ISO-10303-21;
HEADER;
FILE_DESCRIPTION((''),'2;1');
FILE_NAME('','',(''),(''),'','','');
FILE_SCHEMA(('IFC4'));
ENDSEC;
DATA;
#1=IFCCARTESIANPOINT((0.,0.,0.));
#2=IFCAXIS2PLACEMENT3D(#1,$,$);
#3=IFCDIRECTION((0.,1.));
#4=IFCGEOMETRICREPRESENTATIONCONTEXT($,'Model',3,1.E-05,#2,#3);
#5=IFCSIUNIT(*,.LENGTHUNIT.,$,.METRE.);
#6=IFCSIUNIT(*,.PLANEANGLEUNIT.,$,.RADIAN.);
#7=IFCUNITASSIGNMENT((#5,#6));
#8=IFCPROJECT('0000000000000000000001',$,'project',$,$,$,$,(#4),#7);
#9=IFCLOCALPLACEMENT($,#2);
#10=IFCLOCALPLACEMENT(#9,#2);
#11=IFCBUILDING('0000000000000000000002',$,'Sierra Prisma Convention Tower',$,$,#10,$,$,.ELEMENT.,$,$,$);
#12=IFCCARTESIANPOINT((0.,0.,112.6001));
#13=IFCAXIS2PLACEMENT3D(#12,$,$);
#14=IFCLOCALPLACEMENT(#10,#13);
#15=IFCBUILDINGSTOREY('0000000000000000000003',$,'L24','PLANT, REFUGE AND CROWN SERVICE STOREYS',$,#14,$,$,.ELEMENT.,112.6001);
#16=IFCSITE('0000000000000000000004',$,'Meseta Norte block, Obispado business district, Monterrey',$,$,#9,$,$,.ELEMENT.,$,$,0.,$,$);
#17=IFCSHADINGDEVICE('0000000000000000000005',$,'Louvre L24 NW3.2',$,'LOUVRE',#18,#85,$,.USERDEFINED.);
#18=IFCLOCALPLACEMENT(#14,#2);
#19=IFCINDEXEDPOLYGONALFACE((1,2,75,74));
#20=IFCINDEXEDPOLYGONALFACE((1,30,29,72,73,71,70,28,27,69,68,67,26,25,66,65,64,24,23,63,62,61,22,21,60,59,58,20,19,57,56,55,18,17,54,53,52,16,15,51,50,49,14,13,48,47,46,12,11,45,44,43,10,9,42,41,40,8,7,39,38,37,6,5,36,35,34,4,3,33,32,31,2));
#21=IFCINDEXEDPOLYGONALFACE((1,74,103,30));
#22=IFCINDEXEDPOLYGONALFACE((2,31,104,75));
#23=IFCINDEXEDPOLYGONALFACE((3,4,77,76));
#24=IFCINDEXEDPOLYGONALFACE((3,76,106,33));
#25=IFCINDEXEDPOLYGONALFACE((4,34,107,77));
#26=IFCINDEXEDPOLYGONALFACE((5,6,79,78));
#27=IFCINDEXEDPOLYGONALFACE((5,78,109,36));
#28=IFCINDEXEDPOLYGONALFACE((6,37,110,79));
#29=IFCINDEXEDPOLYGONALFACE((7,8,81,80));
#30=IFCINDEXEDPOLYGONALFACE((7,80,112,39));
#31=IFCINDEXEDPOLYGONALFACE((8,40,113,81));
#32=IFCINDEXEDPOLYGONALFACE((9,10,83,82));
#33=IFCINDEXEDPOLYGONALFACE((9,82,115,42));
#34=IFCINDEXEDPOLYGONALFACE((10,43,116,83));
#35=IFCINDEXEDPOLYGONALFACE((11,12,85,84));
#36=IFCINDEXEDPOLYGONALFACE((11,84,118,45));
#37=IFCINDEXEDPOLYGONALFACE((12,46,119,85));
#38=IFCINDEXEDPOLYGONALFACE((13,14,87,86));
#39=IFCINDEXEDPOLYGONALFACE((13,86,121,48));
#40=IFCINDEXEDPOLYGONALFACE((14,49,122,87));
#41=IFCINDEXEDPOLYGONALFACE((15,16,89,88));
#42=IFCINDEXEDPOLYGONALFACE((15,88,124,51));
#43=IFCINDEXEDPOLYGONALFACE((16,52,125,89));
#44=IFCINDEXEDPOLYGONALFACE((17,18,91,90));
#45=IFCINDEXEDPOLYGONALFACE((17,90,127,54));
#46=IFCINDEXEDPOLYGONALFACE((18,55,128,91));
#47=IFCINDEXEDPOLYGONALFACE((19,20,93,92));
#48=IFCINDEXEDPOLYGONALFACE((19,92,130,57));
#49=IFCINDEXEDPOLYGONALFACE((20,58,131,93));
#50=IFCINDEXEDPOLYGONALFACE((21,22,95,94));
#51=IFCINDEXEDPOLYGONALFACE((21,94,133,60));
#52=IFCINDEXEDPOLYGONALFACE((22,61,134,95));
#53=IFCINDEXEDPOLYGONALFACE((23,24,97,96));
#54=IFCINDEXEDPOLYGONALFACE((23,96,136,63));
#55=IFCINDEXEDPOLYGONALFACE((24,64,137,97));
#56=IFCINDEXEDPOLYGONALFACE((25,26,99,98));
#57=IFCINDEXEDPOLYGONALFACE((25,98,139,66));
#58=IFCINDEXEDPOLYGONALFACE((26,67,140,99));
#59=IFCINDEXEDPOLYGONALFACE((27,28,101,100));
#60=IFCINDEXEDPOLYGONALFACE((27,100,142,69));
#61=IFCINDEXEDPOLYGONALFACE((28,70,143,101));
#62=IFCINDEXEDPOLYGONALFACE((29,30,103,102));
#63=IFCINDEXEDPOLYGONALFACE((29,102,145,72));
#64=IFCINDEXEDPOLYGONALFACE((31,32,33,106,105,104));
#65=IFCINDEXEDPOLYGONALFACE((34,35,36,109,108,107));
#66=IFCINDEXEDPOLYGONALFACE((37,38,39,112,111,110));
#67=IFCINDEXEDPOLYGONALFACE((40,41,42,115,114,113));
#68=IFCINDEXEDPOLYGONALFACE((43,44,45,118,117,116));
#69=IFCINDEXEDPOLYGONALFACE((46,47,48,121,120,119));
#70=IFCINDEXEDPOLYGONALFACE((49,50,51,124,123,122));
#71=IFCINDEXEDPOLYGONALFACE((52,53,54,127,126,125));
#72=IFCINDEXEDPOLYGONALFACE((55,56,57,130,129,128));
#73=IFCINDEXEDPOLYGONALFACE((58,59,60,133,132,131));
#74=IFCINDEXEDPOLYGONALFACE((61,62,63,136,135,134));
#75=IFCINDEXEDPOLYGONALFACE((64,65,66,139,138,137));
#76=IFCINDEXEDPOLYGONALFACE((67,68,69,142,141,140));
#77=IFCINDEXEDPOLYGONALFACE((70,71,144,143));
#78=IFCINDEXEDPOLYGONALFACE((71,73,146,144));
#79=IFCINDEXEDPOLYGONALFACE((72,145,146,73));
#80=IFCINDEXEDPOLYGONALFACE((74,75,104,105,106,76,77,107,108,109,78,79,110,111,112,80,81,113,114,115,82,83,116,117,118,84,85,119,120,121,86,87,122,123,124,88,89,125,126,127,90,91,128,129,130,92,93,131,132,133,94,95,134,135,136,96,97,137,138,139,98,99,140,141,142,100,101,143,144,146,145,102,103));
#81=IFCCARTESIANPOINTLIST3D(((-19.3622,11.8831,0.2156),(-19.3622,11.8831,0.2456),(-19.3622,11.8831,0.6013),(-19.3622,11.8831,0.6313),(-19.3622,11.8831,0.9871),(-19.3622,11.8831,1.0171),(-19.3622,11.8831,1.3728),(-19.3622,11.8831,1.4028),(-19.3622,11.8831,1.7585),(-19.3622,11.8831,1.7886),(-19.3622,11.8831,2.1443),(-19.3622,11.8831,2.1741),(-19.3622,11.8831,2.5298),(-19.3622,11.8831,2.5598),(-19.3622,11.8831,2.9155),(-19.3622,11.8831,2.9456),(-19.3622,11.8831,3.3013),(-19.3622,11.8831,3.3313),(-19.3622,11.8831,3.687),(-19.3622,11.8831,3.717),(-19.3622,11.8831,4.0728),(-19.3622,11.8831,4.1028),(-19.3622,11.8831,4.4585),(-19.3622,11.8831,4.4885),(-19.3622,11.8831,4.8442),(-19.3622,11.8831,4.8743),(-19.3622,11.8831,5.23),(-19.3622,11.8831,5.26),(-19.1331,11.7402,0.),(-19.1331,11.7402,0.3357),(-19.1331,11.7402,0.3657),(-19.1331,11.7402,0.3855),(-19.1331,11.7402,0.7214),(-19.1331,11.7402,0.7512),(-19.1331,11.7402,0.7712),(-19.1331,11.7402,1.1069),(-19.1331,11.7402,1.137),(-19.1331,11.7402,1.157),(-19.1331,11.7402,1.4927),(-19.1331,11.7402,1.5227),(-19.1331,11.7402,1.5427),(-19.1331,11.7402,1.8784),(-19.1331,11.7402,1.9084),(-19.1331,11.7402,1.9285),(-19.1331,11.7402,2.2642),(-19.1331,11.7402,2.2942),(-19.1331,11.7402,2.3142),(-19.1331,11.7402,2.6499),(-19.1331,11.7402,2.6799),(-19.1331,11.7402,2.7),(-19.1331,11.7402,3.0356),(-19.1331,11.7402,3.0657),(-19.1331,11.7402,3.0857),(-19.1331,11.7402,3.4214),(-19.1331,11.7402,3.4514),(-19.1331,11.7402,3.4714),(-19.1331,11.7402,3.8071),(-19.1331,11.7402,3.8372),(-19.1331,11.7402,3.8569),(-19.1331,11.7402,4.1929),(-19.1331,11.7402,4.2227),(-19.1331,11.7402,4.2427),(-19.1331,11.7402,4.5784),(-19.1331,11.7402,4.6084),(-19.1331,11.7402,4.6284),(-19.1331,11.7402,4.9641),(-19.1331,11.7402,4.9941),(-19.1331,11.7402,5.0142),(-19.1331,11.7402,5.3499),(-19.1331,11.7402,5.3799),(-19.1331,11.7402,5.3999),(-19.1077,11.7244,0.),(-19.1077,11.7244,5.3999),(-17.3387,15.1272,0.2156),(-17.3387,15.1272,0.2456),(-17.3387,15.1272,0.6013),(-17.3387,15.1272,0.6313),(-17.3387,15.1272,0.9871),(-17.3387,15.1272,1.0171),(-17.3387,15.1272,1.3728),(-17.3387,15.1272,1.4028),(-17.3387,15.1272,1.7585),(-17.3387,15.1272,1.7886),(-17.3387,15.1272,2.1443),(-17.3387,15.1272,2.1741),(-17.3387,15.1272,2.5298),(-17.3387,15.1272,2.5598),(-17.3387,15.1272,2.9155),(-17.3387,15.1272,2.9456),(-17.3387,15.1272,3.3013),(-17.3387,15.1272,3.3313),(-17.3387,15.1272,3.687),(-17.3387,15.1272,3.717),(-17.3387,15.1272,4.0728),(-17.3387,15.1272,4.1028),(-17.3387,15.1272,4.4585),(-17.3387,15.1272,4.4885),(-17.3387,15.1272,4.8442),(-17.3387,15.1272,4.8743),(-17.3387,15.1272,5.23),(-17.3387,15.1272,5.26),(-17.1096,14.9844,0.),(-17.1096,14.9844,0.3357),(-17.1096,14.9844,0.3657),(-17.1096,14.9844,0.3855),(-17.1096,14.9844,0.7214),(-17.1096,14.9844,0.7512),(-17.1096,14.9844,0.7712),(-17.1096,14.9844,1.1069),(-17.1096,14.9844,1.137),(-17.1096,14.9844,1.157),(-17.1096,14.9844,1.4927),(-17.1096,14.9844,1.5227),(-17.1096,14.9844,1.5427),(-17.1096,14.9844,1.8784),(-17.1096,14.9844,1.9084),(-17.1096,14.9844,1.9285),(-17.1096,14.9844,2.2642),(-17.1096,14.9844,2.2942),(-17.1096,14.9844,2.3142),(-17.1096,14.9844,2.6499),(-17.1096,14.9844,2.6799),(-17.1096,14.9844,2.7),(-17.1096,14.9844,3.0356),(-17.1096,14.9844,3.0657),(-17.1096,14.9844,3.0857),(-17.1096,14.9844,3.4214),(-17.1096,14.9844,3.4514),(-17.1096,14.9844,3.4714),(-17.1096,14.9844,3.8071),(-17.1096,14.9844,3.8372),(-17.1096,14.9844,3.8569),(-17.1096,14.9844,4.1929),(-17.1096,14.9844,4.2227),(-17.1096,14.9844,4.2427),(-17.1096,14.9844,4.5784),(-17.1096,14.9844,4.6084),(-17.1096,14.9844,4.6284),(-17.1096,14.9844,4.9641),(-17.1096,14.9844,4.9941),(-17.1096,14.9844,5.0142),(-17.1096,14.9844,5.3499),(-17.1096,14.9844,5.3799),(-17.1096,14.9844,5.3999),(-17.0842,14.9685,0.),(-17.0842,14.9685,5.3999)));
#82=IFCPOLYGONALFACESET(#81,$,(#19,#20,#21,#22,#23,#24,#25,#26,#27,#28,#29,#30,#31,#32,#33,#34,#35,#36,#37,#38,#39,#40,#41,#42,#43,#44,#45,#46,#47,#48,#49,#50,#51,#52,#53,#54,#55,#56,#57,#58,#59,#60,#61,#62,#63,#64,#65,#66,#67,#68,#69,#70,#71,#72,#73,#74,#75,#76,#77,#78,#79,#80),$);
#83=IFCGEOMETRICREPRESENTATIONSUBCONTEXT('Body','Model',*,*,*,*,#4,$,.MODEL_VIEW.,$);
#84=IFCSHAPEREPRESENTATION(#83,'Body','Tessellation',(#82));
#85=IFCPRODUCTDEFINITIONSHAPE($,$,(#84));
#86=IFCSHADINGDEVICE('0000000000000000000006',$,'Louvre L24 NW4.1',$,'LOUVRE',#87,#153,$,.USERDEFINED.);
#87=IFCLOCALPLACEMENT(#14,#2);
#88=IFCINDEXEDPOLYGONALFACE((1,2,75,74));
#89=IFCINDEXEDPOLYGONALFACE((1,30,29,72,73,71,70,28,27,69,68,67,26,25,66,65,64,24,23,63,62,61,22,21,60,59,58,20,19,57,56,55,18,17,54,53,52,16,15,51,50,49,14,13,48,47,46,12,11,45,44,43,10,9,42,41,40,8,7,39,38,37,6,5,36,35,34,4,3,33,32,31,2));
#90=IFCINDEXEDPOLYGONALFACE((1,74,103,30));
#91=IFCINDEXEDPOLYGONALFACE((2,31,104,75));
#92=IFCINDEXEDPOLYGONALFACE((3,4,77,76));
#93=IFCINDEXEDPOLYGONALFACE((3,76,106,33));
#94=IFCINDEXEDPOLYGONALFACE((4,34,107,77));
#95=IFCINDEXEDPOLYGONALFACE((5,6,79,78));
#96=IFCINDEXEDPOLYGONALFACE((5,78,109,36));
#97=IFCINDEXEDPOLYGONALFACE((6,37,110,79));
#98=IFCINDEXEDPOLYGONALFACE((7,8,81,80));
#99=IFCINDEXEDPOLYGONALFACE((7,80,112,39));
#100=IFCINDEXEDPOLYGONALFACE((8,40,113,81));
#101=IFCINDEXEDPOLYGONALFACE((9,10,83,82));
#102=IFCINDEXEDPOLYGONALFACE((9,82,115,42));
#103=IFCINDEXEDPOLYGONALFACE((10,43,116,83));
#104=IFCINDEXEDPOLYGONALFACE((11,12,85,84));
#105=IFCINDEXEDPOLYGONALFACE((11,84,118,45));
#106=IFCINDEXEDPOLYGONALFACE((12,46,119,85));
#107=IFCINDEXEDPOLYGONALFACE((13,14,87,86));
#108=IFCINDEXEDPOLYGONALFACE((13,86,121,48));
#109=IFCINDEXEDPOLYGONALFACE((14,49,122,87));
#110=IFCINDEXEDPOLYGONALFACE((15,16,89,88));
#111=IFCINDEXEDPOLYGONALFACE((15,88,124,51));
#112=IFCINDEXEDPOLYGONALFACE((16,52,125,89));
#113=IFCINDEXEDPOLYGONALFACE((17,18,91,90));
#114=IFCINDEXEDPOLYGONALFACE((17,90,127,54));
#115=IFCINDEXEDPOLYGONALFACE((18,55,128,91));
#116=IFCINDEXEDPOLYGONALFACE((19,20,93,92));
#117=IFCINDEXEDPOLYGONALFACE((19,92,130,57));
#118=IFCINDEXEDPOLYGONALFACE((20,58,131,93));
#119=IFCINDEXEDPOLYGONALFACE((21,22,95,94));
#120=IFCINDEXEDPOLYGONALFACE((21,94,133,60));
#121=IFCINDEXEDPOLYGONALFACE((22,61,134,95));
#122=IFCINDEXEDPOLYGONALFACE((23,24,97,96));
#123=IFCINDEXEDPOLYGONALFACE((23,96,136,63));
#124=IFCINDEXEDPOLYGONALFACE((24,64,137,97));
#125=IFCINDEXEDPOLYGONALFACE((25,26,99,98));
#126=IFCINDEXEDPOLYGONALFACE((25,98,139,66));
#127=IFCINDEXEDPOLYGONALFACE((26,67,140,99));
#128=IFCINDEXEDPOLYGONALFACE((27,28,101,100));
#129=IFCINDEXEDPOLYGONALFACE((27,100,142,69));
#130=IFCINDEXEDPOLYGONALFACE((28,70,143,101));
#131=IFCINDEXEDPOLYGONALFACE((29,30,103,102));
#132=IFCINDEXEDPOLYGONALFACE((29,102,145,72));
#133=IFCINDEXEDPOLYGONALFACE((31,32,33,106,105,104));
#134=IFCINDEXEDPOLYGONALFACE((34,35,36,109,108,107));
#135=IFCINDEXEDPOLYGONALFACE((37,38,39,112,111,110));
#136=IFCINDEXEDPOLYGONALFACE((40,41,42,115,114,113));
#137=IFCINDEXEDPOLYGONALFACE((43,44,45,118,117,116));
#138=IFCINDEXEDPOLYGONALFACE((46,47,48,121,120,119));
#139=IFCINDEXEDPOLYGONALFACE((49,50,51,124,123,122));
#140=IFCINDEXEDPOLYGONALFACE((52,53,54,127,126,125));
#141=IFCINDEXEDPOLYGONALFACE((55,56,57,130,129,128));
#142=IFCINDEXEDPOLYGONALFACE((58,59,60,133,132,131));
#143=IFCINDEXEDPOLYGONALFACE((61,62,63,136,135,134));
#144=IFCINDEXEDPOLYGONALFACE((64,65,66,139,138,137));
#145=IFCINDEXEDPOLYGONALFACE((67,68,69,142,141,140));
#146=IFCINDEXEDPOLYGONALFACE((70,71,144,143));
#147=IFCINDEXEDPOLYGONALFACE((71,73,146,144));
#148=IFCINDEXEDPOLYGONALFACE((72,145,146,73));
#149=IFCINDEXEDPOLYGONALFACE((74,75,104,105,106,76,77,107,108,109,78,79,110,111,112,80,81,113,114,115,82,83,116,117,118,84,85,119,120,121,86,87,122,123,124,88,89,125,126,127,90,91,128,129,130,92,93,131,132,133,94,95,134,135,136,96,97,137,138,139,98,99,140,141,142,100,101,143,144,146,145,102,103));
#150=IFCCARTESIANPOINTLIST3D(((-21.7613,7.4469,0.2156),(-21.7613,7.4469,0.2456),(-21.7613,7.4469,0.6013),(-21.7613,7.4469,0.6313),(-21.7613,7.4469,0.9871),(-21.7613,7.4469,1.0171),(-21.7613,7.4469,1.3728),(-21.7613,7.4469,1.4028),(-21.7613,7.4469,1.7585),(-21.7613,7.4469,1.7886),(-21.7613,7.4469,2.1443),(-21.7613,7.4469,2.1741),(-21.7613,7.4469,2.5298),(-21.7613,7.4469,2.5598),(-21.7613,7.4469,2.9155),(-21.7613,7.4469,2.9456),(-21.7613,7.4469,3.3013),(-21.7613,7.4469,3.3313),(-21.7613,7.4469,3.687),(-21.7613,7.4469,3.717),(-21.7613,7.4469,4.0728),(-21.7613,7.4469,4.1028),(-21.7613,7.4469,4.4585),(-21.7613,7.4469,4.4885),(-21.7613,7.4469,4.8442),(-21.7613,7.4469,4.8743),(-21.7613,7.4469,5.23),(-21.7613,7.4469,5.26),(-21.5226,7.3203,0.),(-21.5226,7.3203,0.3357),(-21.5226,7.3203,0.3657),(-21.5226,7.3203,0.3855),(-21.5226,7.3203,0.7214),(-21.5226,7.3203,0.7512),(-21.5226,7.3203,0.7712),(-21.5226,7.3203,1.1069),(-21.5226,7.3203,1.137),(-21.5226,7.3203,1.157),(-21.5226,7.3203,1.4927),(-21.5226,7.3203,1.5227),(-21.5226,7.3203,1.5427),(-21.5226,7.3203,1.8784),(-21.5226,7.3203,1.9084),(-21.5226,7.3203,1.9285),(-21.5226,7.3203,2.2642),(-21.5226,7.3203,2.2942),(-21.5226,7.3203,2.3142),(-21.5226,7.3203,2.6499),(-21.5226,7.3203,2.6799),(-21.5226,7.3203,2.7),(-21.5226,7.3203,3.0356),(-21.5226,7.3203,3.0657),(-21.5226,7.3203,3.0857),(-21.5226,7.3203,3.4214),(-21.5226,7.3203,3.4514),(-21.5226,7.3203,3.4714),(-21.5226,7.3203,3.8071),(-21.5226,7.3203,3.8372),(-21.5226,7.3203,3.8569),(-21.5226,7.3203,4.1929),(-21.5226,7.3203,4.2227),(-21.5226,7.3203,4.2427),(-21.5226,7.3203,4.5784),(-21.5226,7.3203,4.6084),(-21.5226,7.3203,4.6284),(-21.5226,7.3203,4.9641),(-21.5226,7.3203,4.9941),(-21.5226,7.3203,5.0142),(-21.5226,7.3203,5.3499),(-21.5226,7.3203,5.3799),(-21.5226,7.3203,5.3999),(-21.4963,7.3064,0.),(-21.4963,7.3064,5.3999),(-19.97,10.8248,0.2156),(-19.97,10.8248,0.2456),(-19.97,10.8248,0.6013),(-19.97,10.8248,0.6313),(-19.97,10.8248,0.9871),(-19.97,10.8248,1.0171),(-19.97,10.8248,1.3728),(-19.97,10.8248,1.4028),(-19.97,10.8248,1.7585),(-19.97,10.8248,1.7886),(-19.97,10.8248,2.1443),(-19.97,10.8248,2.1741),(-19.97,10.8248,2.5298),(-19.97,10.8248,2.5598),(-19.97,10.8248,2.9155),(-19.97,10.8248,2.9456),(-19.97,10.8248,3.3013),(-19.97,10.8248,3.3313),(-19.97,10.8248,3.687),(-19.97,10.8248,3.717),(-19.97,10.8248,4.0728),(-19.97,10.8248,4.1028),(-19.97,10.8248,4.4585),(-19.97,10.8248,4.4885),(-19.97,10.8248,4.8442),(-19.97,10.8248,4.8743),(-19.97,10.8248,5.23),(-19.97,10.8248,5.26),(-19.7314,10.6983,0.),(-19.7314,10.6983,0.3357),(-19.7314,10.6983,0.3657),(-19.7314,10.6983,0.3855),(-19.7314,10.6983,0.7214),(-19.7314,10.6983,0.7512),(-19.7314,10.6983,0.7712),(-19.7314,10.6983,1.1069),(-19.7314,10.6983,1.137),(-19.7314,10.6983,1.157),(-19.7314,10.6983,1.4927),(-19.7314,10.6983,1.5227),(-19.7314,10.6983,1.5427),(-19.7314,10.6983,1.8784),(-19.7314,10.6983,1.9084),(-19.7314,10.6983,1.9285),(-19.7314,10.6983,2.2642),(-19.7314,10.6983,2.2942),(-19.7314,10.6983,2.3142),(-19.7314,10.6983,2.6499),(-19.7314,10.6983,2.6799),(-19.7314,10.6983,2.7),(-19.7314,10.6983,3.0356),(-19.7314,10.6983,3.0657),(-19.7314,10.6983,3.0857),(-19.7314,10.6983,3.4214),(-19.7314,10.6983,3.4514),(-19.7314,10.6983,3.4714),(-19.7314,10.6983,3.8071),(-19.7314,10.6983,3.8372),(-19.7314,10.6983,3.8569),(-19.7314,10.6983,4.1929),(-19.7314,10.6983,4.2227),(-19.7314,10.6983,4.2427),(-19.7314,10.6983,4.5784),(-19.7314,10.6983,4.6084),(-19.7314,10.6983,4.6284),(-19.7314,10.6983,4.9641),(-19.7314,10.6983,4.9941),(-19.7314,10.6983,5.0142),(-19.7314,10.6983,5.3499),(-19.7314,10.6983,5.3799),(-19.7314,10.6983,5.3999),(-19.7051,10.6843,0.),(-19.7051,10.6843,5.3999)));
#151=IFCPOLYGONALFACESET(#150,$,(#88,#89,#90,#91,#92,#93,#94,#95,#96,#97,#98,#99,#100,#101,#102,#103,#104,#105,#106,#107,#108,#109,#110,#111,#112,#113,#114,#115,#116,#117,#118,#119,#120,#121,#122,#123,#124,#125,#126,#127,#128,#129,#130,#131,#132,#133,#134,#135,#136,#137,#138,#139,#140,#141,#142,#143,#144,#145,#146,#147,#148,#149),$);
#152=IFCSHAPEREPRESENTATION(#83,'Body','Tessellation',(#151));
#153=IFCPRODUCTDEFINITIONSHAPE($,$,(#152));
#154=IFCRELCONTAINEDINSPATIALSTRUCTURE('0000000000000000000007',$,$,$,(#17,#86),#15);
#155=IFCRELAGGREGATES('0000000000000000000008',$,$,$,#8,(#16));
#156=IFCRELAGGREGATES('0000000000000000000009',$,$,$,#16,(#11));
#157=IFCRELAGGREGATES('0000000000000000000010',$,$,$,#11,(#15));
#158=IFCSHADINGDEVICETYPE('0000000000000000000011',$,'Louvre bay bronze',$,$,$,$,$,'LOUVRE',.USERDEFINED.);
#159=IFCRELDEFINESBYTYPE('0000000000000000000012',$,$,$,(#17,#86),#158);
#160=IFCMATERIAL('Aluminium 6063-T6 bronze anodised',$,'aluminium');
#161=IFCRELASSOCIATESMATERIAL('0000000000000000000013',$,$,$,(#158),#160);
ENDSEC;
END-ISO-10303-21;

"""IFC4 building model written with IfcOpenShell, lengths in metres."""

from ifc_helpers import new_model, si_unit, direction, frame, origin, place, context, subcontext, project, spatial, polyline, outline, extrude, material, type_object, element, save


model = new_model("IFC4")

# Units and contexts
model_context = context("Model", 3, precision=1e-05, world=origin(), true_north=direction((0.0, 1.0)))
body_context = subcontext(model_context, "Body", "Model", "MODEL_VIEW")
ifc_project = project(units=[si_unit("LENGTHUNIT", "METRE"), si_unit("PLANEANGLEUNIT", "RADIAN")], contexts=[model_context])

# Site, building, storey
site_placement = place(None, origin())
site = spatial("IfcSite", under=ifc_project, at=site_placement, Name="Meseta Norte block, Obispado business district, Monterrey", CompositionType="ELEMENT", RefElevation=0.0)
building_placement = place(site_placement, origin())
building = spatial("IfcBuilding", under=site, at=building_placement, Name="Sierra Prisma Convention Tower", CompositionType="ELEMENT")
storey_placement = place(building_placement, frame((0.0, 0.0, 112.6001)))
storey = spatial("IfcBuildingStorey", under=building, at=storey_placement, Name="L24", Description="PLANT, REFUGE AND CROWN SERVICE STOREYS", CompositionType="ELEMENT", Elevation=112.6001)

# Shading devices
ifc_material_1 = material(Name="Aluminium 6063-T6 bronze anodised", Category="aluminium")
shading_device_type = type_object("IfcShadingDeviceType", Name="Louvre bay bronze", ElementType="LOUVRE", PredefinedType="USERDEFINED", material=ifc_material_1)
shading_device_1_placement = place(storey_placement, frame((-17.0842, 14.9685, 0.0), z_axis=(0.529228, 0.84848, 0.0), x_axis=(0.0, 0.0, 1.0)))
element("IfcShadingDevice", 1, at=shading_device_1_placement, inside=storey, type_object=shading_device_type, Name="Louvre L24 NW3.2", ObjectType="LOUVRE", PredefinedType="USERDEFINED", context=body_context, shape_type="SweptSolid", body=[
    extrude(outline(polyline([(0.0, 0.0), (5.3999, 0.0), (5.3999, -0.0299), (5.3799, -0.0299), (5.26, -0.2999), (5.23, -0.2999), (5.3499, -0.0299), (5.0142, -0.0299), (4.9941, -0.0299), (4.8743, -0.2999), (4.8442, -0.2999), (4.9641, -0.0299), (4.6284, -0.0299), (4.6084, -0.0299), (4.4885, -0.2999), (4.4585, -0.2999), (4.5784, -0.0299), (4.2427, -0.0299), (4.2227, -0.0299), (4.1028, -0.2999), (4.0728, -0.2999), (4.1929, -0.0299), (3.8569, -0.0299), (3.8372, -0.0299), (3.717, -0.2999), (3.687, -0.2999), (3.8071, -0.0299), (3.4714, -0.0299), (3.4514, -0.0299), (3.3313, -0.2999), (3.3013, -0.2999), (3.4214, -0.0299), (3.0857, -0.0299), (3.0657, -0.0299), (2.9456, -0.2999), (2.9155, -0.2999), (3.0356, -0.0299), (2.7, -0.0299), (2.6799, -0.0299), (2.5598, -0.2999), (2.5298, -0.2999), (2.6499, -0.0299), (2.3142, -0.0299), (2.2942, -0.0299), (2.1741, -0.2999), (2.1443, -0.2999), (2.2642, -0.0299), (1.9285, -0.0299), (1.9084, -0.0299), (1.7886, -0.2999), (1.7585, -0.2999), (1.8784, -0.0299), (1.5427, -0.0299), (1.5227, -0.0299), (1.4028, -0.2999), (1.3728, -0.2999), (1.4927, -0.0299), (1.157, -0.0299), (1.137, -0.0299), (1.0171, -0.2999), (0.9871, -0.2999), (1.1069, -0.0299), (0.7712, -0.0299), (0.7512, -0.0299), (0.6313, -0.2999), (0.6013, -0.2999), (0.7214, -0.0299), (0.3855, -0.0299), (0.3657, -0.0299), (0.2456, -0.2999), (0.2156, -0.2999), (0.3357, -0.0299), (0.0, -0.0299), (0.0, 0.0)])), origin(), (0.0, 0.0, -1.0), 3.8235),
])
shading_device_2_placement = place(storey_placement, frame((-19.7051, 10.6843, 0.0), z_axis=(0.468479, 0.883475, 0.0), x_axis=(0.0, 0.0, 1.0)))
element("IfcShadingDevice", 2, at=shading_device_2_placement, inside=storey, type_object=shading_device_type, Name="Louvre L24 NW4.1", ObjectType="LOUVRE", PredefinedType="USERDEFINED", context=body_context, shape_type="SweptSolid", body=[
    extrude(outline(polyline([(0.0, 0.0), (5.3999, 0.0), (5.3999, -0.0298), (5.3799, -0.0298), (5.26, -0.2999), (5.23, -0.2999), (5.3499, -0.0298), (5.0142, -0.0298), (4.9941, -0.0298), (4.8743, -0.2999), (4.8442, -0.2999), (4.9641, -0.0298), (4.6284, -0.0298), (4.6084, -0.0298), (4.4885, -0.2999), (4.4585, -0.2999), (4.5784, -0.0298), (4.2427, -0.0298), (4.2227, -0.0298), (4.1028, -0.2999), (4.0728, -0.2999), (4.1929, -0.0298), (3.8569, -0.0298), (3.8372, -0.0298), (3.717, -0.2999), (3.687, -0.2999), (3.8071, -0.0298), (3.4714, -0.0298), (3.4514, -0.0298), (3.3313, -0.2999), (3.3013, -0.2999), (3.4214, -0.0298), (3.0857, -0.0298), (3.0657, -0.0298), (2.9456, -0.2999), (2.9155, -0.2999), (3.0356, -0.0298), (2.7, -0.0298), (2.6799, -0.0298), (2.5598, -0.2999), (2.5298, -0.2999), (2.6499, -0.0298), (2.3142, -0.0298), (2.2942, -0.0298), (2.1741, -0.2999), (2.1443, -0.2999), (2.2642, -0.0298), (1.9285, -0.0298), (1.9084, -0.0298), (1.7886, -0.2999), (1.7585, -0.2999), (1.8784, -0.0298), (1.5427, -0.0298), (1.5227, -0.0298), (1.4028, -0.2999), (1.3728, -0.2999), (1.4927, -0.0298), (1.157, -0.0298), (1.137, -0.0298), (1.0171, -0.2999), (0.9871, -0.2999), (1.1069, -0.0298), (0.7712, -0.0298), (0.7512, -0.0298), (0.6313, -0.2999), (0.6013, -0.2999), (0.7214, -0.0298), (0.3855, -0.0298), (0.3657, -0.0298), (0.2456, -0.2999), (0.2156, -0.2999), (0.3357, -0.0298), (0.0, -0.0298), (0.0, 0.0)])), origin(), (0.0, 0.0, -1.0), 3.8235),
])

save(model, "model.ifc")
